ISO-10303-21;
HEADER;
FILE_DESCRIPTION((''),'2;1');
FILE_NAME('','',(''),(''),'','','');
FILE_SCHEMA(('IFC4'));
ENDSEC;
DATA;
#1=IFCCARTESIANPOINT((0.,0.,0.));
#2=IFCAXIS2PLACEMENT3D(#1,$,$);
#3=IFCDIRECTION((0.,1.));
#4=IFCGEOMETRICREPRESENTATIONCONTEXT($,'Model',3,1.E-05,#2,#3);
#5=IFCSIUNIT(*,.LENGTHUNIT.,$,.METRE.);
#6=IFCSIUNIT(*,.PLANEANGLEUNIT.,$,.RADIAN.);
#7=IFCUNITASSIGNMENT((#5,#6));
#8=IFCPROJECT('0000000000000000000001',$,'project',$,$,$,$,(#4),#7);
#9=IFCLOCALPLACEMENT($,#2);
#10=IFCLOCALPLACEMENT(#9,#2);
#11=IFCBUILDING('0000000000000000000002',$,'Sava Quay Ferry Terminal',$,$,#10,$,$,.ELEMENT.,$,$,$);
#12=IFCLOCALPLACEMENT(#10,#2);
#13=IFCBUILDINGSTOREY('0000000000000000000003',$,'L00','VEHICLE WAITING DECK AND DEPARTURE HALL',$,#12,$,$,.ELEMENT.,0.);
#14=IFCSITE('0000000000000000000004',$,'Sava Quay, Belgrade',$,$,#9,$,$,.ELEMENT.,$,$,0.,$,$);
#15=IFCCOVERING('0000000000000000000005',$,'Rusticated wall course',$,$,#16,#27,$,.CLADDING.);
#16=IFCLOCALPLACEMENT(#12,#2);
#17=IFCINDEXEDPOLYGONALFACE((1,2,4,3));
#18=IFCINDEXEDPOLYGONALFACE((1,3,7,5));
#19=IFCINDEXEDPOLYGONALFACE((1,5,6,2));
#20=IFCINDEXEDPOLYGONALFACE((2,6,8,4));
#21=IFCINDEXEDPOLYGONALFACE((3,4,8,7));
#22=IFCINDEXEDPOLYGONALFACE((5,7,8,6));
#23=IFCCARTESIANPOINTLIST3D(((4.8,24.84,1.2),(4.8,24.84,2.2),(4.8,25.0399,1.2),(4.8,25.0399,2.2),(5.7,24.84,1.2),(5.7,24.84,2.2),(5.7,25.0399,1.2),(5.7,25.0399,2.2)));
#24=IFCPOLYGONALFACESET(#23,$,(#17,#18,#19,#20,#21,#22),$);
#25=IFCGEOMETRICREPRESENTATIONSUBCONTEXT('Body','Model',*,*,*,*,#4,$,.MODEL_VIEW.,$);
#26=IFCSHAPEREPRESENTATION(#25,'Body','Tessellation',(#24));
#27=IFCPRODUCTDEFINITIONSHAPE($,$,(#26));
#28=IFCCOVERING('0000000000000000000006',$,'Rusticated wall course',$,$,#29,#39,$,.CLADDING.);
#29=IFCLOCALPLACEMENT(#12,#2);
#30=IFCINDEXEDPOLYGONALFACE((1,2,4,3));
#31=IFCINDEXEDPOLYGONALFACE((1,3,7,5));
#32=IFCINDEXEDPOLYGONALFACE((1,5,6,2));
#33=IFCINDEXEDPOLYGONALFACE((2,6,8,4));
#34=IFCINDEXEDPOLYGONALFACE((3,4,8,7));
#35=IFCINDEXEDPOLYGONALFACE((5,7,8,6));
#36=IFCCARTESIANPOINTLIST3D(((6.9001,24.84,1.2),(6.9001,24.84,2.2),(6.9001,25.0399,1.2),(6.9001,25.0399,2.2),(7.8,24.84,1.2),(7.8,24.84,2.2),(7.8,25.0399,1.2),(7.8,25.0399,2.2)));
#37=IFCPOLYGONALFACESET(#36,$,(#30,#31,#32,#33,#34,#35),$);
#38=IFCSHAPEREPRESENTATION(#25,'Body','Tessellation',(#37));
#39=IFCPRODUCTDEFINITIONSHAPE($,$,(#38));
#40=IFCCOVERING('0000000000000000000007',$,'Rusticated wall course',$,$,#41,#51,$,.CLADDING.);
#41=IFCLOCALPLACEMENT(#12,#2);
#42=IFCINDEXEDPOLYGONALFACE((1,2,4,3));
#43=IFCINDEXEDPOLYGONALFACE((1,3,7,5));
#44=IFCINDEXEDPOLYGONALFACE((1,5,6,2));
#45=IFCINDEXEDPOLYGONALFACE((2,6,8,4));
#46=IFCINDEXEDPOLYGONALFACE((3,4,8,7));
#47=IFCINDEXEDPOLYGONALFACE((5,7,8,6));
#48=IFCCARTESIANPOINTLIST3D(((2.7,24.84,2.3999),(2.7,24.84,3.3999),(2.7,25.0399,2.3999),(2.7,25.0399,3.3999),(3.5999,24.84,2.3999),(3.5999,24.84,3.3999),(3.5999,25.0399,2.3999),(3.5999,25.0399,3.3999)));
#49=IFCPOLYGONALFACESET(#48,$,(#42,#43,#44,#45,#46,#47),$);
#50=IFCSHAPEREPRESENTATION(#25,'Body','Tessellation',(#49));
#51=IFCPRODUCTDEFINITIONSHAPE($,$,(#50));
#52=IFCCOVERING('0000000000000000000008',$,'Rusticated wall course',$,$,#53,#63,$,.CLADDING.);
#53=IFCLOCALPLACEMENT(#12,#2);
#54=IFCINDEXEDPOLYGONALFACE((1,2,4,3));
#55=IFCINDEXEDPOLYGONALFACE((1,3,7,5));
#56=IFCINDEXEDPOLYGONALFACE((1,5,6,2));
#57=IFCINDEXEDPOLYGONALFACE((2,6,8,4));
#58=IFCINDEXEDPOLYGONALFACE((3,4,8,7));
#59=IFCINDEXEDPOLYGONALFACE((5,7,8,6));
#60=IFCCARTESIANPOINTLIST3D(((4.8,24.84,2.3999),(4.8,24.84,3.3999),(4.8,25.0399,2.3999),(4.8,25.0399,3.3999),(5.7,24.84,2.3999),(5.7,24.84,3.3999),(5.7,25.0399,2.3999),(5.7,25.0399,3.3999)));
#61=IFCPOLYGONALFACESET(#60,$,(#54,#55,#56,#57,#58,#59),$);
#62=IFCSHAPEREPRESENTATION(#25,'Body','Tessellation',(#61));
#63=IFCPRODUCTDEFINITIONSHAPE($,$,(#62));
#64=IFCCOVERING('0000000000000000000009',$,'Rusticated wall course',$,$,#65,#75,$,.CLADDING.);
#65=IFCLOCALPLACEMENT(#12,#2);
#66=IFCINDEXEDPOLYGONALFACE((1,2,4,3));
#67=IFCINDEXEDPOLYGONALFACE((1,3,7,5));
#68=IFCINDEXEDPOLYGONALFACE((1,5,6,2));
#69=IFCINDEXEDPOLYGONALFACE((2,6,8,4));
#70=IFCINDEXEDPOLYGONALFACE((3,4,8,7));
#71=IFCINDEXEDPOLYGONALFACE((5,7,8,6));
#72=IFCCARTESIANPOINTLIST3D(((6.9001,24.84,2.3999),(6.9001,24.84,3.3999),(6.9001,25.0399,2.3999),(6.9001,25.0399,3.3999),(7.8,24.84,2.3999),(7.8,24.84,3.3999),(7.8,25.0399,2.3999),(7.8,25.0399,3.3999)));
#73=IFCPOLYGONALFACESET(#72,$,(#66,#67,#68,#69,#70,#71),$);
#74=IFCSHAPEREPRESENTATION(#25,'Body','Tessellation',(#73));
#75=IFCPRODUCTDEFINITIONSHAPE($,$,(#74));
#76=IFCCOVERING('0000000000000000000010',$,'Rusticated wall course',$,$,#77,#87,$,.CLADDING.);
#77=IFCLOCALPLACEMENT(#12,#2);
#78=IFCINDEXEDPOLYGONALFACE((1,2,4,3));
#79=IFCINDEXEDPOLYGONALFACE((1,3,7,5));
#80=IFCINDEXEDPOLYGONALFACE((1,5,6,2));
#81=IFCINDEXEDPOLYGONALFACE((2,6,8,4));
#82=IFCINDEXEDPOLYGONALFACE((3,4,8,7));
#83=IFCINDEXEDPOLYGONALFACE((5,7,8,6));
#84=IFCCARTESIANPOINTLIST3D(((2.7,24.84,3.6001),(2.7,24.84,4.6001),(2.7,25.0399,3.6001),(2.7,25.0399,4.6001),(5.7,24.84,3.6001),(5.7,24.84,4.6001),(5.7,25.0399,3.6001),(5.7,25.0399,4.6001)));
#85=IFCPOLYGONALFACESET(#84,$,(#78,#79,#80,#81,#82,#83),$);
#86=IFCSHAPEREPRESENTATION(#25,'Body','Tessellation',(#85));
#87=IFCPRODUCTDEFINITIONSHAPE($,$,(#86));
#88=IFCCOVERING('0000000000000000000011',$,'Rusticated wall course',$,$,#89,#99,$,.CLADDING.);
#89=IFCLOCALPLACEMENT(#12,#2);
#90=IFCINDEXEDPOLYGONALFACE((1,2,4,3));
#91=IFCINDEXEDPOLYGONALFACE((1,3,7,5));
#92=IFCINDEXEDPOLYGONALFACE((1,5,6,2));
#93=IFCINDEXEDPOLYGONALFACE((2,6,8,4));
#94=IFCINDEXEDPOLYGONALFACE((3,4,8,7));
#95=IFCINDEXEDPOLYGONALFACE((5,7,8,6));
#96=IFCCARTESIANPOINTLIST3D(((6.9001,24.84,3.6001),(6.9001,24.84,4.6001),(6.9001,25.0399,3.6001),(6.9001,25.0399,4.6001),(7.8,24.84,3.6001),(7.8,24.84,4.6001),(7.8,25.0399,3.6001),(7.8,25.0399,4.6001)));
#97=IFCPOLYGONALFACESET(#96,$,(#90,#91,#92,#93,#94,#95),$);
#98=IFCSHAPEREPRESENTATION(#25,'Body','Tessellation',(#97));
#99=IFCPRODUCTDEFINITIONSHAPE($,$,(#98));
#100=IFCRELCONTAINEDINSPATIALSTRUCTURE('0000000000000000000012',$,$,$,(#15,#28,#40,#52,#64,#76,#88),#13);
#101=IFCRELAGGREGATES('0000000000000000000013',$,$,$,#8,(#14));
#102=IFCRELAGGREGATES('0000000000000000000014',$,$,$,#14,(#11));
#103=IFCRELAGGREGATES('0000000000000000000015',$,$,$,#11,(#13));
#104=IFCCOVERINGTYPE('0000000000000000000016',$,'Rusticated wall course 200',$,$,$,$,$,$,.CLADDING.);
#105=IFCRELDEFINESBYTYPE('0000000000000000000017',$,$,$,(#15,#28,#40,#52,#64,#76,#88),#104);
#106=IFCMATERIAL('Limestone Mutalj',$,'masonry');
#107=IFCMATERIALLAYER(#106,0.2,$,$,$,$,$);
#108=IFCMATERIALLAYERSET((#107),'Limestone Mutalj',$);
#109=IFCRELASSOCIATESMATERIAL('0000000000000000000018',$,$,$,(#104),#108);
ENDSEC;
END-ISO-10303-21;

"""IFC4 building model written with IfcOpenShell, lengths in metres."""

from ifc_helpers import new_model, si_unit, direction, frame, origin, origin_2d, place, context, subcontext, project, spatial, rectangle, extrude, material, layer, layer_set, type_object, element, save


model = new_model("IFC4")

# Units and contexts
model_context = context("Model", 3, precision=1e-05, world=origin(), true_north=direction((0.0, 1.0)))
body_context = subcontext(model_context, "Body", "Model", "MODEL_VIEW")
ifc_project = project(units=[si_unit("LENGTHUNIT", "METRE"), si_unit("PLANEANGLEUNIT", "RADIAN")], contexts=[model_context])

# Site, building, storey
site_placement = place(None, origin())
site = spatial("IfcSite", under=ifc_project, at=site_placement, Name="Sava Quay, Belgrade", CompositionType="ELEMENT", RefElevation=0.0)
building_placement = place(site_placement, origin())
building = spatial("IfcBuilding", under=site, at=building_placement, Name="Sava Quay Ferry Terminal", CompositionType="ELEMENT")
storey_placement = place(building_placement, origin())
storey = spatial("IfcBuildingStorey", under=building, at=storey_placement, Name="L00", Description="VEHICLE WAITING DECK AND DEPARTURE HALL", CompositionType="ELEMENT", Elevation=0.0)

# Coverings
ifc_material_1 = material(Name="Limestone Mutalj", Category="masonry")
ifc_layer_1 = layer(ifc_material_1, 0.2)
ifc_layer_set_1 = layer_set([ifc_layer_1], Name="Limestone Mutalj")
covering_type_1 = type_object("IfcCoveringType", Name="Rusticated wall course 200", PredefinedType="CLADDING", material=ifc_layer_set_1)
for number, where, z_axis, x_axis, name in (
    (1, (5.25, 24.9399, 1.2), (0.0, 0.0, 1.0), (1.0, 0.0, 0.0), "Rusticated wall course"),
    (2, (7.3501, 24.9399, 1.2), (0.0, 0.0, 1.0), (1.0, 0.0, 0.0), "Rusticated wall course"),
    (3, (3.1499, 24.9399, 2.3999), (0.0, 0.0, 1.0), (1.0, 0.0, 0.0), "Rusticated wall course"),
    (4, (5.25, 24.9399, 2.3999), (0.0, 0.0, 1.0), (1.0, 0.0, 0.0), "Rusticated wall course"),
    (5, (7.3501, 24.9399, 2.3999), (0.0, 0.0, 1.0), (1.0, 0.0, 0.0), "Rusticated wall course"),
):
    element("IfcCovering", number, at=place(storey_placement, frame(where, z_axis=z_axis, x_axis=x_axis)), inside=storey, type_object=covering_type_1, Name=name, PredefinedType="CLADDING", context=body_context, shape_type="SweptSolid", body=[
        extrude(rectangle(XDim=0.8999, YDim=0.2, at=origin_2d()), origin(), (0.0, 0.0, 1.0), 1.0),
    ])
covering_1_placement = place(storey_placement, frame((4.2, 24.9399, 3.6001), z_axis=(0.0, 0.0, 1.0), x_axis=(1.0, 0.0, 0.0)))
element("IfcCovering", 6, at=covering_1_placement, inside=storey, type_object=covering_type_1, Name="Rusticated wall course", PredefinedType="CLADDING", context=body_context, shape_type="SweptSolid", body=[
    extrude(rectangle(XDim=3.0, YDim=0.2, at=origin_2d()), origin(), (0.0, 0.0, 1.0), 1.0),
])
covering_2_placement = place(storey_placement, frame((7.3501, 24.9399, 3.6001), z_axis=(0.0, 0.0, 1.0), x_axis=(1.0, 0.0, 0.0)))
element("IfcCovering", 7, at=covering_2_placement, inside=storey, type_object=covering_type_1, Name="Rusticated wall course", PredefinedType="CLADDING", context=body_context, shape_type="SweptSolid", body=[
    extrude(rectangle(XDim=0.8999, YDim=0.2, at=origin_2d()), origin(), (0.0, 0.0, 1.0), 1.0),
])

save(model, "model.ifc")
